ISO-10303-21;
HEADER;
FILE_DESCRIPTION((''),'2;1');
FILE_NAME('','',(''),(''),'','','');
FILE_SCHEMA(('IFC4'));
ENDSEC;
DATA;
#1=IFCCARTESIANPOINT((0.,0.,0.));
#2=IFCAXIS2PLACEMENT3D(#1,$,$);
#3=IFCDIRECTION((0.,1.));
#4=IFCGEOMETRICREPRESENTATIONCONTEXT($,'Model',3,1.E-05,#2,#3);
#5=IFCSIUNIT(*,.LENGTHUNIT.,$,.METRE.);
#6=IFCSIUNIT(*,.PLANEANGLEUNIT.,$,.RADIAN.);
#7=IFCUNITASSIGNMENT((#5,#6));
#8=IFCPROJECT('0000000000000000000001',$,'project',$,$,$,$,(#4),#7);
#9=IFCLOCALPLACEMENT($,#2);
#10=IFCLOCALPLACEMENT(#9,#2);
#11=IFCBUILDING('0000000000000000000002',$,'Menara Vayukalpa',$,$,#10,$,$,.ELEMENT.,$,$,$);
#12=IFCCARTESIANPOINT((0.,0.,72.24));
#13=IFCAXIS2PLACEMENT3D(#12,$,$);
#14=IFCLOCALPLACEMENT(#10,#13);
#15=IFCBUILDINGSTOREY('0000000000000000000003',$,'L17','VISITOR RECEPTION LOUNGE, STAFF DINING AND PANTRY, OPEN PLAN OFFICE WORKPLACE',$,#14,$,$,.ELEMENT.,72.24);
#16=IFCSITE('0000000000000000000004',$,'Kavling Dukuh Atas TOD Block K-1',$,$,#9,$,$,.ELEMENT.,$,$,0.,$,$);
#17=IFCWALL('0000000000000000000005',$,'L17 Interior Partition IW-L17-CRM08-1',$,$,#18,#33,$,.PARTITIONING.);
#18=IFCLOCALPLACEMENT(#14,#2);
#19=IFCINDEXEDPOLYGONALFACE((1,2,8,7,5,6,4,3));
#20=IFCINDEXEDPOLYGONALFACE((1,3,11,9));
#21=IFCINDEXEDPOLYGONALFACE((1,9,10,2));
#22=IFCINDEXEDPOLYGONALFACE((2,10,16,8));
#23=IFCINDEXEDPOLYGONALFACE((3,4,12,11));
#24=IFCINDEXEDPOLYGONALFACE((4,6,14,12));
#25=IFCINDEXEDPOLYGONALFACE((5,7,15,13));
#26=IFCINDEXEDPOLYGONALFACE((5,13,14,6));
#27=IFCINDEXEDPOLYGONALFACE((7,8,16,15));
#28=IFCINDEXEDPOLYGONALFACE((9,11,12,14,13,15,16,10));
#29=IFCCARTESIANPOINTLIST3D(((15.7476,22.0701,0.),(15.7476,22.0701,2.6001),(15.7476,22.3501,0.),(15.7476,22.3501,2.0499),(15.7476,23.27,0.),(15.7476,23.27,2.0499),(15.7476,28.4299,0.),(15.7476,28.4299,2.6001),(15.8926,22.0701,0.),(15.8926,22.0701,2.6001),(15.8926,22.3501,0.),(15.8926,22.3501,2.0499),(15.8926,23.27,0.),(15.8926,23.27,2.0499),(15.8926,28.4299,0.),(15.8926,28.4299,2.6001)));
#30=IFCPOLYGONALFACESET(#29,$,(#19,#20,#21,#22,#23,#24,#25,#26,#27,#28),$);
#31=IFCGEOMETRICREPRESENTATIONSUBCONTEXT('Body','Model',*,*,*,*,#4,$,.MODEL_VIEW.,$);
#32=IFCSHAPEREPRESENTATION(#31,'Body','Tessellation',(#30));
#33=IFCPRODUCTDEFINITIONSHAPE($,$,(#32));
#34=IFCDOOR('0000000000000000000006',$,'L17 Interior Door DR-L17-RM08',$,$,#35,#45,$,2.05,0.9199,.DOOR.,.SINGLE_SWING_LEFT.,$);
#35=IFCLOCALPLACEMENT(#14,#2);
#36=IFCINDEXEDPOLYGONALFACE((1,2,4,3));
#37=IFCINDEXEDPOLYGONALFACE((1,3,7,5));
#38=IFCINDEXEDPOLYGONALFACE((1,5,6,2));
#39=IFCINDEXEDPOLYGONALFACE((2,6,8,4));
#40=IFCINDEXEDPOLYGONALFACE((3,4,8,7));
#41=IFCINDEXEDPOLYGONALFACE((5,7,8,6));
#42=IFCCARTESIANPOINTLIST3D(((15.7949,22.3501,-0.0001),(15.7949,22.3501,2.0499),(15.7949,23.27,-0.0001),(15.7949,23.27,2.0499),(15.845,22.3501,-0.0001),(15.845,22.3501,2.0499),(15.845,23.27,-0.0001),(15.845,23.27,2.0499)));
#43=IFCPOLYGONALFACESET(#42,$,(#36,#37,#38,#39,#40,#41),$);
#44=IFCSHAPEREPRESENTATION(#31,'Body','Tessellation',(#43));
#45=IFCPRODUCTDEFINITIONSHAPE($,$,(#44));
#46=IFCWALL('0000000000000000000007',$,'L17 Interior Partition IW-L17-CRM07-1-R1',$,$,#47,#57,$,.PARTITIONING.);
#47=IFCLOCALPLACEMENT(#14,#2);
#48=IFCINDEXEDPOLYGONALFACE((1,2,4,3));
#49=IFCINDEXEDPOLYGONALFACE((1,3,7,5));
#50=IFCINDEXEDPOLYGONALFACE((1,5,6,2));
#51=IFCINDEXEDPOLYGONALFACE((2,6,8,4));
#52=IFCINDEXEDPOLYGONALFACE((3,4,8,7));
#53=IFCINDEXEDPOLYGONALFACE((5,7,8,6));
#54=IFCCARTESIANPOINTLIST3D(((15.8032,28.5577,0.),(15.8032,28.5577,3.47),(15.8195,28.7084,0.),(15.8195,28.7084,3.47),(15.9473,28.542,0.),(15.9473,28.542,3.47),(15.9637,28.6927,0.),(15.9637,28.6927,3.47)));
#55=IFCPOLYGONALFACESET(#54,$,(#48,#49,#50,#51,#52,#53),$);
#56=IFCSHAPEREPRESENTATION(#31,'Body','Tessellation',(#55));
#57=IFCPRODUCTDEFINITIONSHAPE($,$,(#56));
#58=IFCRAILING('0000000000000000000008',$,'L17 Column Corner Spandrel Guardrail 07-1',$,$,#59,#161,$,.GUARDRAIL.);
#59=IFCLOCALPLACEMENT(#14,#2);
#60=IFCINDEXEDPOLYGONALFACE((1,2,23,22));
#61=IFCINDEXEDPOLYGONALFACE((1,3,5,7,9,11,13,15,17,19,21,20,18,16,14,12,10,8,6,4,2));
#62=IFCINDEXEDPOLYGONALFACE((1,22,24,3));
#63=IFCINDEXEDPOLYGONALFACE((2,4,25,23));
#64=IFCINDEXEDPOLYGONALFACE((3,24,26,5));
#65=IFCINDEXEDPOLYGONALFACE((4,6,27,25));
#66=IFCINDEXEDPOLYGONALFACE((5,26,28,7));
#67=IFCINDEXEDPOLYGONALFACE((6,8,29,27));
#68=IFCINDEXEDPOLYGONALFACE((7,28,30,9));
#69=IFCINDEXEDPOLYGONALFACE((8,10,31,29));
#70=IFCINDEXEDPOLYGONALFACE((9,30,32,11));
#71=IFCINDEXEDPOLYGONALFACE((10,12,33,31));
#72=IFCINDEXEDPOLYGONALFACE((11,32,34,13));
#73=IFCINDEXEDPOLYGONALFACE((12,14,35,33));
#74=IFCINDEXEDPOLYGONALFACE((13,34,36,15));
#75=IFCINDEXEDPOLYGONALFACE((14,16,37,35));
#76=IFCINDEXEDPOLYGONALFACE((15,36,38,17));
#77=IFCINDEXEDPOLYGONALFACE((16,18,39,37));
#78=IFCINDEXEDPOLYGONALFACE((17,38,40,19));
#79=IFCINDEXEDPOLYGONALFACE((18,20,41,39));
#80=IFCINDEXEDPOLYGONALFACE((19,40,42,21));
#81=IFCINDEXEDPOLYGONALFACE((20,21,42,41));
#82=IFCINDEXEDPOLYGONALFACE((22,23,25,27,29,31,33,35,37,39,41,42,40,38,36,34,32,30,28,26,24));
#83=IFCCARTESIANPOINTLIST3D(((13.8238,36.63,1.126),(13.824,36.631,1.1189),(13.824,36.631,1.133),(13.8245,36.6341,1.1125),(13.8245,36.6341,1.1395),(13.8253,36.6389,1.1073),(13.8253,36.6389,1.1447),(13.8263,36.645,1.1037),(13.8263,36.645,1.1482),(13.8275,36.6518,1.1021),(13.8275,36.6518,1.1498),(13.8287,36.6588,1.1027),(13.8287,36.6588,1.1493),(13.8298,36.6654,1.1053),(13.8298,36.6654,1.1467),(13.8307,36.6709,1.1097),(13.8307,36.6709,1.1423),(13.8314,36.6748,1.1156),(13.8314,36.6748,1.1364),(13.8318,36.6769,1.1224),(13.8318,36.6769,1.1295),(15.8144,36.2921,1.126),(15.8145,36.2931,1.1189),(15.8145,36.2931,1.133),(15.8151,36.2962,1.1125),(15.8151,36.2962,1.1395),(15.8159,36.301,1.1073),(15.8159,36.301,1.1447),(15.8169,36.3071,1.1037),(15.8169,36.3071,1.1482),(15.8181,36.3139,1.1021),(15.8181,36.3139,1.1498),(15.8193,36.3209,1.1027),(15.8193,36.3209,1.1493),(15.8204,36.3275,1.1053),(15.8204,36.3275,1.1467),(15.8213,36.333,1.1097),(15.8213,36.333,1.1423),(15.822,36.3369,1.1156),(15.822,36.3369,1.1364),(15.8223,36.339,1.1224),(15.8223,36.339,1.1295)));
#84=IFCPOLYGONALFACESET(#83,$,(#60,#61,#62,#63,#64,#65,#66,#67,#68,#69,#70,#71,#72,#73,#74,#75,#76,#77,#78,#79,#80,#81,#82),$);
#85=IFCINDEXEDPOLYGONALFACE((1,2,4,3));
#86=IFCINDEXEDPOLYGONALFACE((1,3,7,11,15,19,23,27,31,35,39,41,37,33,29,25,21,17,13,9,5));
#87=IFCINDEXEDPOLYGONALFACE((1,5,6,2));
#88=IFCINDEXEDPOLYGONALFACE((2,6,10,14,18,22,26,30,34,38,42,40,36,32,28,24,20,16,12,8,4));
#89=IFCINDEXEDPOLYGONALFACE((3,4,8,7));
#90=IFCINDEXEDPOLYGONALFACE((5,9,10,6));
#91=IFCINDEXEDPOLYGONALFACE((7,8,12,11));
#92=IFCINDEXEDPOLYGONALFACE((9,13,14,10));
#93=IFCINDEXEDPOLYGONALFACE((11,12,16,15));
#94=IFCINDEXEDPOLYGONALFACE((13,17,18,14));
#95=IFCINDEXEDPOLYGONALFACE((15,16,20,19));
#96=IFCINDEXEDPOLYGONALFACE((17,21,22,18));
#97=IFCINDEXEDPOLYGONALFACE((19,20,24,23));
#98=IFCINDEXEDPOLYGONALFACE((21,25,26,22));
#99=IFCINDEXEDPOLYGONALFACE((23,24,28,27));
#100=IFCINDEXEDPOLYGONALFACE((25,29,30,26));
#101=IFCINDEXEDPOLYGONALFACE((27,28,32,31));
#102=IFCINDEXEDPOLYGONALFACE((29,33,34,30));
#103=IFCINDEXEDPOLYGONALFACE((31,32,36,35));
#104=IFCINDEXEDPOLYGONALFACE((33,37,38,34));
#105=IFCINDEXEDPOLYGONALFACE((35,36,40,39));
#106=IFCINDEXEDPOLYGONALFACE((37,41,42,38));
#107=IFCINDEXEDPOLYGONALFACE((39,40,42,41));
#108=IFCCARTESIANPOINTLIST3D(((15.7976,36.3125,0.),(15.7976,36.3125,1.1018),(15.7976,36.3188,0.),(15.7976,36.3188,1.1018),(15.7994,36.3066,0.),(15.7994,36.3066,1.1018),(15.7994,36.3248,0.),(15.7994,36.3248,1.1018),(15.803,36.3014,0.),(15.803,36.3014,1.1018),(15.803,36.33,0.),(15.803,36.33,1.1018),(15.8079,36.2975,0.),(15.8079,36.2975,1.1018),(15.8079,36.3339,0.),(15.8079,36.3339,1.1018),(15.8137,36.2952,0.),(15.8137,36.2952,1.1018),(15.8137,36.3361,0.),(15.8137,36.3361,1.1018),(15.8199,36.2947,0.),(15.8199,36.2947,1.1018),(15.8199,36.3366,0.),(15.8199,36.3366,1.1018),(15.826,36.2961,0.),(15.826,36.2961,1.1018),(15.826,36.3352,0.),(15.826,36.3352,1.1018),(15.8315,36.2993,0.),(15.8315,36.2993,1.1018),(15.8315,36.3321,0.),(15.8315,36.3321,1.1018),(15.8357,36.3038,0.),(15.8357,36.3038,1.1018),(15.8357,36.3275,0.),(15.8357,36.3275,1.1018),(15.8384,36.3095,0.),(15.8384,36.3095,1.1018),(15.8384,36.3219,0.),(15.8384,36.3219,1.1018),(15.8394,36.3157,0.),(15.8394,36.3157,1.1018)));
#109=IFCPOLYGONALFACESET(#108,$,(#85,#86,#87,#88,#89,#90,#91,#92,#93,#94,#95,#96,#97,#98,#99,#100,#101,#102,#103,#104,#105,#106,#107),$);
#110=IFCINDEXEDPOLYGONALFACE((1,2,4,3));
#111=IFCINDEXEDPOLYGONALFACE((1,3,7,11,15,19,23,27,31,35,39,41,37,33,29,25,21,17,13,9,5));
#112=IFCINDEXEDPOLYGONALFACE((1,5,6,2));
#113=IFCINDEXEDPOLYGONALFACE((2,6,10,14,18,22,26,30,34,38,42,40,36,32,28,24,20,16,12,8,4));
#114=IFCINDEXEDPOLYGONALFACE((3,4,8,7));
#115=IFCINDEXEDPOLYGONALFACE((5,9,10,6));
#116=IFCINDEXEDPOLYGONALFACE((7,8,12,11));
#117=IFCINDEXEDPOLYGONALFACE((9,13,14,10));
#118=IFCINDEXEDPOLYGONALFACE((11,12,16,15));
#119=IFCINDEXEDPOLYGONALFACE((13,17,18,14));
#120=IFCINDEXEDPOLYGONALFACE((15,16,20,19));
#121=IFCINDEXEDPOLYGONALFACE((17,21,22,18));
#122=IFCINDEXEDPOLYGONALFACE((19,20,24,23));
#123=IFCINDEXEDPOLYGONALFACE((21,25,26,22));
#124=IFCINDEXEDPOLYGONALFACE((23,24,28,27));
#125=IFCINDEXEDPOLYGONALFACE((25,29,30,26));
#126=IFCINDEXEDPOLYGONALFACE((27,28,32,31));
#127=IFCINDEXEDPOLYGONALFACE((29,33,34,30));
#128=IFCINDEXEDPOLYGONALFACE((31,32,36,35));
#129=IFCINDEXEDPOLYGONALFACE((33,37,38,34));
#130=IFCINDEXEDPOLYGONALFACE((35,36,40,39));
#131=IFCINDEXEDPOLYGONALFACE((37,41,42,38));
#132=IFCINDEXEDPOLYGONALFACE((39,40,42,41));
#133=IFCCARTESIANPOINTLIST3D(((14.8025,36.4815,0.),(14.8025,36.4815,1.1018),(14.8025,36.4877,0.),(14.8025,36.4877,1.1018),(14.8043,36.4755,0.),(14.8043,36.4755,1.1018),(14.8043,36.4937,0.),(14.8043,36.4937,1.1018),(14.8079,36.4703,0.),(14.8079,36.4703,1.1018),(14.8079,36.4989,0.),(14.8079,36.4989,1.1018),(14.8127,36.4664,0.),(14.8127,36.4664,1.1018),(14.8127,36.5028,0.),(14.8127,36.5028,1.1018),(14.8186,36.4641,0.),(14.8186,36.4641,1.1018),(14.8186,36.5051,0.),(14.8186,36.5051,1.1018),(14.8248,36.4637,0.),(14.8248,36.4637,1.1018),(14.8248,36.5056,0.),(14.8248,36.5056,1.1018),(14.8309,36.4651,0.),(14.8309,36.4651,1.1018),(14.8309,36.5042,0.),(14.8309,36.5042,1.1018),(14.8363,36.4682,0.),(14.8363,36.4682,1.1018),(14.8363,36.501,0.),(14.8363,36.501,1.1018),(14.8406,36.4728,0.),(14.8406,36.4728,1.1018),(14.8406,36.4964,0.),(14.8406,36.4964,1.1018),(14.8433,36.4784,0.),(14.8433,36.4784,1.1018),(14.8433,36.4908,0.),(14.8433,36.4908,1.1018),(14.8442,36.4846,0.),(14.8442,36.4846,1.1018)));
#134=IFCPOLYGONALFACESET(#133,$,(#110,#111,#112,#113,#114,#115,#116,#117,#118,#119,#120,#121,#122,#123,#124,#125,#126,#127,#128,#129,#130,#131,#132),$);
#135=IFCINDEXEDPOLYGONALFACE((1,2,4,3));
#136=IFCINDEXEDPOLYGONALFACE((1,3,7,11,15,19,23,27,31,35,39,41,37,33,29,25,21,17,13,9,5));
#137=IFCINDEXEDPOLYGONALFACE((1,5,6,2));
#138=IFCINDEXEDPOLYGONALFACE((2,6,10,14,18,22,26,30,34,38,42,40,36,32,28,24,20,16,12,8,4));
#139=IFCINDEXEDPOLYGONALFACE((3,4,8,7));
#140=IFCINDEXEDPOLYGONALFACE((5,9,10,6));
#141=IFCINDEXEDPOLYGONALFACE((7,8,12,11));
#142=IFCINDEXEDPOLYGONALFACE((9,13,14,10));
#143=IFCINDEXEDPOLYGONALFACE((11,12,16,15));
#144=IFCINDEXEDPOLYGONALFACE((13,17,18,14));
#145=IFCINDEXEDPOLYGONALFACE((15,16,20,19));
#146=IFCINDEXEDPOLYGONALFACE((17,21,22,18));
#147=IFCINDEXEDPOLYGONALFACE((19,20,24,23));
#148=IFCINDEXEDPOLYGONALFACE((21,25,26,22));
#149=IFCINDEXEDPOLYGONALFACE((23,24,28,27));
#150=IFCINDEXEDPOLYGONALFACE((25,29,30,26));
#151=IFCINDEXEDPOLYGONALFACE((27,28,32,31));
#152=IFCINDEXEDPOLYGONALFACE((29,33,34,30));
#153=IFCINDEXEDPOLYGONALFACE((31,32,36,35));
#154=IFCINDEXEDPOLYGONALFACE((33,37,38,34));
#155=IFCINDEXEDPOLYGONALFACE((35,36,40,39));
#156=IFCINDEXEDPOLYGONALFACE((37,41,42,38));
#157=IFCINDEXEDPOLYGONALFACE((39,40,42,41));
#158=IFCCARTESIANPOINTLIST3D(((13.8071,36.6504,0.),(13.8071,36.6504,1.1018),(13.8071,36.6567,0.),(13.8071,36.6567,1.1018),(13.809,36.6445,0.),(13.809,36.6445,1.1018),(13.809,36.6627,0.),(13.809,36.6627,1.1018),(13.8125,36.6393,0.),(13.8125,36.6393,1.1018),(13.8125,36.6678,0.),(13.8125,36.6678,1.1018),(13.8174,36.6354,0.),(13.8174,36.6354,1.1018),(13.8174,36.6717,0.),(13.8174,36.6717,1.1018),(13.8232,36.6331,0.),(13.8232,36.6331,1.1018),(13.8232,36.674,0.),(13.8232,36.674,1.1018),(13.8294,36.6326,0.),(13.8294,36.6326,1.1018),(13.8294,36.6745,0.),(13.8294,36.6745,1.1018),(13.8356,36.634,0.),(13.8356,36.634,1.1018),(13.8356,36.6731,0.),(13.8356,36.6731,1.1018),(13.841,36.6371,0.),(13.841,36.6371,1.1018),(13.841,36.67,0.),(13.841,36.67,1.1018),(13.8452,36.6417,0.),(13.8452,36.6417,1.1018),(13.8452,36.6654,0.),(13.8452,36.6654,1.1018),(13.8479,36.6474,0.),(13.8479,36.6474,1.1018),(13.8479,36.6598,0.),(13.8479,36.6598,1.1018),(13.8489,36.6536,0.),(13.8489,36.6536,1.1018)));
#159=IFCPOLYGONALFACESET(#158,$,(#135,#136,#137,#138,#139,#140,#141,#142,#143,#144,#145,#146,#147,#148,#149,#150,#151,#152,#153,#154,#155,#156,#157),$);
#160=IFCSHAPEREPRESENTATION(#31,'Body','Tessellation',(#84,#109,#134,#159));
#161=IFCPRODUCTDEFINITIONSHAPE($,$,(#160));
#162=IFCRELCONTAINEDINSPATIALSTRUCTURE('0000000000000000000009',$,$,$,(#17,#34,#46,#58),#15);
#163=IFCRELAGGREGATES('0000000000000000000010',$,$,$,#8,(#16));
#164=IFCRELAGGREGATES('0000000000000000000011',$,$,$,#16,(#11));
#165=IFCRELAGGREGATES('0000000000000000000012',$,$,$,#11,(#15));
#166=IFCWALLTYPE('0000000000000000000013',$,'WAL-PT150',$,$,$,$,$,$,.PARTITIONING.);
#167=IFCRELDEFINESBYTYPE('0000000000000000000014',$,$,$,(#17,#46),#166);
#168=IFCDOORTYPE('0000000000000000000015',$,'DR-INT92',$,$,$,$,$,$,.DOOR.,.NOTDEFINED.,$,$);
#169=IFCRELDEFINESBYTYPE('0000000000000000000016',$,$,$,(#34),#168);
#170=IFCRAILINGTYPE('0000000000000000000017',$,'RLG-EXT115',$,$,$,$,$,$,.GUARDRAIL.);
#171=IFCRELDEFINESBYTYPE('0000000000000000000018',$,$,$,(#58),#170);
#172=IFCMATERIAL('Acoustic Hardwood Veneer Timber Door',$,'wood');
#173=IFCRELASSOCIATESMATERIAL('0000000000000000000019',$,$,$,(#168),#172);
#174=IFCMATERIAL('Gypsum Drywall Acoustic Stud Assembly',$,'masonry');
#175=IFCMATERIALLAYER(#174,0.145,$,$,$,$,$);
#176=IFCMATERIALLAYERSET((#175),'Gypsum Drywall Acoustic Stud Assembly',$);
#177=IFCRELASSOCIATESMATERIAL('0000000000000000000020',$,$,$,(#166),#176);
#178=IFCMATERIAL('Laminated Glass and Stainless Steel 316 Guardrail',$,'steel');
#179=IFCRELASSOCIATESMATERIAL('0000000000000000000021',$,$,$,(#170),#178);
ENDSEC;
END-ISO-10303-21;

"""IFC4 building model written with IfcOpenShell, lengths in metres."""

from ifc_helpers import new_model, si_unit, direction, frame, frame_2d, origin, origin_2d, place, context, subcontext, project, spatial, rectangle, circle, extrude, material, layer, layer_set, type_object, element, fill, save


model = new_model("IFC4")

# Units and contexts
model_context = context("Model", 3, precision=1e-05, world=origin(), true_north=direction((0.0, 1.0)))
body_context = subcontext(model_context, "Body", "Model", "MODEL_VIEW")
ifc_project = project(units=[si_unit("LENGTHUNIT", "METRE"), si_unit("PLANEANGLEUNIT", "RADIAN")], contexts=[model_context])

# Site, building, storey
site_placement = place(None, origin())
site = spatial("IfcSite", under=ifc_project, at=site_placement, Name="Kavling Dukuh Atas TOD Block K-1", CompositionType="ELEMENT", RefElevation=0.0)
building_placement = place(site_placement, origin())
building = spatial("IfcBuilding", under=site, at=building_placement, Name="Menara Vayukalpa", CompositionType="ELEMENT")
storey_placement = place(building_placement, frame((0.0, 0.0, 72.24)))
storey = spatial("IfcBuildingStorey", under=building, at=storey_placement, Name="L17", Description="VISITOR RECEPTION LOUNGE, STAFF DINING AND PANTRY, OPEN PLAN OFFICE WORKPLACE", CompositionType="ELEMENT", Elevation=72.24)

# Shared definitions
ifc_material_1 = material(Name="Acoustic Hardwood Veneer Timber Door", Category="wood")
door_type = type_object("IfcDoorType", Name="DR-INT92", OperationType="NOTDEFINED", PredefinedType="DOOR", material=ifc_material_1)

# Shared definitions
ifc_material_2 = material(Name="Gypsum Drywall Acoustic Stud Assembly", Category="masonry")
ifc_layer_1 = layer(ifc_material_2, 0.145)
ifc_layer_set_1 = layer_set([ifc_layer_1], Name="Gypsum Drywall Acoustic Stud Assembly")
wall_type_1 = type_object("IfcWallType", Name="WAL-PT150", PredefinedType="PARTITIONING", material=ifc_layer_set_1)

# Wall, opening, door
wall_1_placement = place(storey_placement, frame((15.8201, 28.4299, 0.0), z_axis=(0.0, 0.0, 1.0), x_axis=(0.0, -1.0, 0.0)))
wall_1 = element("IfcWall", 1, at=wall_1_placement, inside=storey, type_object=wall_type_1, Name="L17 Interior Partition IW-L17-CRM08-1", PredefinedType="PARTITIONING", context=body_context, shape_type="SweptSolid", body=[
    extrude(rectangle(XDim=6.3599, YDim=0.145, at=frame_2d((3.1799, 0.0))), origin(), (0.0, 0.0, 1.0), 2.6001),
])
opening_1_placement = place(wall_1_placement, frame((5.1599, 0.0, 0.0)))
opening_1 = element("IfcOpeningElement", 2, at=opening_1_placement, cuts=wall_1, PredefinedType="OPENING", context=body_context, shape_type="SweptSolid", body=[
    extrude(rectangle(XDim=0.9199, YDim=2.05, at=frame_2d((0.46, 1.0249))), frame((0.0, 0.0825, 0.0), z_axis=(0.0, -1.0, 0.0), x_axis=(1.0, 0.0, 0.0)), (0.0, 0.0, 1.0), 0.165),
])
door_1_placement = place(opening_1_placement, origin())
door_1 = element("IfcDoor", 3, at=door_1_placement, inside=storey, type_object=door_type, Name="L17 Interior Door DR-L17-RM08", OperationType="SINGLE_SWING_LEFT", OverallHeight=2.05, OverallWidth=0.9199, PredefinedType="DOOR", context=body_context, shape_type="SweptSolid", body=[
    extrude(rectangle(XDim=0.9199, YDim=2.05, at=frame_2d((0.46, 1.0249))), frame((0.0, 0.0249, 0.0), z_axis=(0.0, -1.0, 0.0), x_axis=(1.0, 0.0, 0.0)), (0.0, 0.0, 1.0), 0.05),
])
fill(opening_1, door_1)

# Wall
wall_2_placement = place(storey_placement, frame((15.8916, 28.7004, 0.0), z_axis=(0.0, 0.0, 1.0), x_axis=(-0.107955, -0.994156, 0.0)))
element("IfcWall", 4, at=wall_2_placement, inside=storey, type_object=wall_type_1, Name="L17 Interior Partition IW-L17-CRM07-1-R1", PredefinedType="PARTITIONING", context=body_context, shape_type="SweptSolid", body=[
    extrude(rectangle(XDim=0.1516, YDim=0.145, at=frame_2d((0.0757, 0.0))), origin(), (0.0, 0.0, 1.0), 3.47),
])

# Railing
ifc_material_3 = material(Name="Laminated Glass and Stainless Steel 316 Guardrail", Category="steel")
railing_type = type_object("IfcRailingType", Name="RLG-EXT115", PredefinedType="GUARDRAIL", material=ifc_material_3)
railing_placement = place(storey_placement, frame((15.8184, 36.3157, 0.0)))
element("IfcRailing", 5, at=railing_placement, inside=storey, type_object=railing_type, Name="L17 Column Corner Spandrel Guardrail 07-1", PredefinedType="GUARDRAIL", context=body_context, shape_type="SweptSolid", body=[
    extrude(circle(Radius=0.0239, at=origin_2d()), frame((0.0, 0.0, 1.126), z_axis=(-0.985896, 0.167359, 0.0), x_axis=(-0.167359, -0.985896, 0.0)), (0.0, 0.0, 1.0), 2.019),
    extrude(circle(Radius=0.021, at=origin_2d()), origin(), (0.0, 0.0, 1.0), 1.1018),
    extrude(circle(Radius=0.021, at=origin_2d()), frame((-0.9951, 0.1689, 0.0)), (0.0, 0.0, 1.0), 1.1018),
    extrude(circle(Radius=0.021, at=origin_2d()), frame((-1.9905, 0.3379, 0.0)), (0.0, 0.0, 1.0), 1.1018),
])

save(model, "model.ifc")
